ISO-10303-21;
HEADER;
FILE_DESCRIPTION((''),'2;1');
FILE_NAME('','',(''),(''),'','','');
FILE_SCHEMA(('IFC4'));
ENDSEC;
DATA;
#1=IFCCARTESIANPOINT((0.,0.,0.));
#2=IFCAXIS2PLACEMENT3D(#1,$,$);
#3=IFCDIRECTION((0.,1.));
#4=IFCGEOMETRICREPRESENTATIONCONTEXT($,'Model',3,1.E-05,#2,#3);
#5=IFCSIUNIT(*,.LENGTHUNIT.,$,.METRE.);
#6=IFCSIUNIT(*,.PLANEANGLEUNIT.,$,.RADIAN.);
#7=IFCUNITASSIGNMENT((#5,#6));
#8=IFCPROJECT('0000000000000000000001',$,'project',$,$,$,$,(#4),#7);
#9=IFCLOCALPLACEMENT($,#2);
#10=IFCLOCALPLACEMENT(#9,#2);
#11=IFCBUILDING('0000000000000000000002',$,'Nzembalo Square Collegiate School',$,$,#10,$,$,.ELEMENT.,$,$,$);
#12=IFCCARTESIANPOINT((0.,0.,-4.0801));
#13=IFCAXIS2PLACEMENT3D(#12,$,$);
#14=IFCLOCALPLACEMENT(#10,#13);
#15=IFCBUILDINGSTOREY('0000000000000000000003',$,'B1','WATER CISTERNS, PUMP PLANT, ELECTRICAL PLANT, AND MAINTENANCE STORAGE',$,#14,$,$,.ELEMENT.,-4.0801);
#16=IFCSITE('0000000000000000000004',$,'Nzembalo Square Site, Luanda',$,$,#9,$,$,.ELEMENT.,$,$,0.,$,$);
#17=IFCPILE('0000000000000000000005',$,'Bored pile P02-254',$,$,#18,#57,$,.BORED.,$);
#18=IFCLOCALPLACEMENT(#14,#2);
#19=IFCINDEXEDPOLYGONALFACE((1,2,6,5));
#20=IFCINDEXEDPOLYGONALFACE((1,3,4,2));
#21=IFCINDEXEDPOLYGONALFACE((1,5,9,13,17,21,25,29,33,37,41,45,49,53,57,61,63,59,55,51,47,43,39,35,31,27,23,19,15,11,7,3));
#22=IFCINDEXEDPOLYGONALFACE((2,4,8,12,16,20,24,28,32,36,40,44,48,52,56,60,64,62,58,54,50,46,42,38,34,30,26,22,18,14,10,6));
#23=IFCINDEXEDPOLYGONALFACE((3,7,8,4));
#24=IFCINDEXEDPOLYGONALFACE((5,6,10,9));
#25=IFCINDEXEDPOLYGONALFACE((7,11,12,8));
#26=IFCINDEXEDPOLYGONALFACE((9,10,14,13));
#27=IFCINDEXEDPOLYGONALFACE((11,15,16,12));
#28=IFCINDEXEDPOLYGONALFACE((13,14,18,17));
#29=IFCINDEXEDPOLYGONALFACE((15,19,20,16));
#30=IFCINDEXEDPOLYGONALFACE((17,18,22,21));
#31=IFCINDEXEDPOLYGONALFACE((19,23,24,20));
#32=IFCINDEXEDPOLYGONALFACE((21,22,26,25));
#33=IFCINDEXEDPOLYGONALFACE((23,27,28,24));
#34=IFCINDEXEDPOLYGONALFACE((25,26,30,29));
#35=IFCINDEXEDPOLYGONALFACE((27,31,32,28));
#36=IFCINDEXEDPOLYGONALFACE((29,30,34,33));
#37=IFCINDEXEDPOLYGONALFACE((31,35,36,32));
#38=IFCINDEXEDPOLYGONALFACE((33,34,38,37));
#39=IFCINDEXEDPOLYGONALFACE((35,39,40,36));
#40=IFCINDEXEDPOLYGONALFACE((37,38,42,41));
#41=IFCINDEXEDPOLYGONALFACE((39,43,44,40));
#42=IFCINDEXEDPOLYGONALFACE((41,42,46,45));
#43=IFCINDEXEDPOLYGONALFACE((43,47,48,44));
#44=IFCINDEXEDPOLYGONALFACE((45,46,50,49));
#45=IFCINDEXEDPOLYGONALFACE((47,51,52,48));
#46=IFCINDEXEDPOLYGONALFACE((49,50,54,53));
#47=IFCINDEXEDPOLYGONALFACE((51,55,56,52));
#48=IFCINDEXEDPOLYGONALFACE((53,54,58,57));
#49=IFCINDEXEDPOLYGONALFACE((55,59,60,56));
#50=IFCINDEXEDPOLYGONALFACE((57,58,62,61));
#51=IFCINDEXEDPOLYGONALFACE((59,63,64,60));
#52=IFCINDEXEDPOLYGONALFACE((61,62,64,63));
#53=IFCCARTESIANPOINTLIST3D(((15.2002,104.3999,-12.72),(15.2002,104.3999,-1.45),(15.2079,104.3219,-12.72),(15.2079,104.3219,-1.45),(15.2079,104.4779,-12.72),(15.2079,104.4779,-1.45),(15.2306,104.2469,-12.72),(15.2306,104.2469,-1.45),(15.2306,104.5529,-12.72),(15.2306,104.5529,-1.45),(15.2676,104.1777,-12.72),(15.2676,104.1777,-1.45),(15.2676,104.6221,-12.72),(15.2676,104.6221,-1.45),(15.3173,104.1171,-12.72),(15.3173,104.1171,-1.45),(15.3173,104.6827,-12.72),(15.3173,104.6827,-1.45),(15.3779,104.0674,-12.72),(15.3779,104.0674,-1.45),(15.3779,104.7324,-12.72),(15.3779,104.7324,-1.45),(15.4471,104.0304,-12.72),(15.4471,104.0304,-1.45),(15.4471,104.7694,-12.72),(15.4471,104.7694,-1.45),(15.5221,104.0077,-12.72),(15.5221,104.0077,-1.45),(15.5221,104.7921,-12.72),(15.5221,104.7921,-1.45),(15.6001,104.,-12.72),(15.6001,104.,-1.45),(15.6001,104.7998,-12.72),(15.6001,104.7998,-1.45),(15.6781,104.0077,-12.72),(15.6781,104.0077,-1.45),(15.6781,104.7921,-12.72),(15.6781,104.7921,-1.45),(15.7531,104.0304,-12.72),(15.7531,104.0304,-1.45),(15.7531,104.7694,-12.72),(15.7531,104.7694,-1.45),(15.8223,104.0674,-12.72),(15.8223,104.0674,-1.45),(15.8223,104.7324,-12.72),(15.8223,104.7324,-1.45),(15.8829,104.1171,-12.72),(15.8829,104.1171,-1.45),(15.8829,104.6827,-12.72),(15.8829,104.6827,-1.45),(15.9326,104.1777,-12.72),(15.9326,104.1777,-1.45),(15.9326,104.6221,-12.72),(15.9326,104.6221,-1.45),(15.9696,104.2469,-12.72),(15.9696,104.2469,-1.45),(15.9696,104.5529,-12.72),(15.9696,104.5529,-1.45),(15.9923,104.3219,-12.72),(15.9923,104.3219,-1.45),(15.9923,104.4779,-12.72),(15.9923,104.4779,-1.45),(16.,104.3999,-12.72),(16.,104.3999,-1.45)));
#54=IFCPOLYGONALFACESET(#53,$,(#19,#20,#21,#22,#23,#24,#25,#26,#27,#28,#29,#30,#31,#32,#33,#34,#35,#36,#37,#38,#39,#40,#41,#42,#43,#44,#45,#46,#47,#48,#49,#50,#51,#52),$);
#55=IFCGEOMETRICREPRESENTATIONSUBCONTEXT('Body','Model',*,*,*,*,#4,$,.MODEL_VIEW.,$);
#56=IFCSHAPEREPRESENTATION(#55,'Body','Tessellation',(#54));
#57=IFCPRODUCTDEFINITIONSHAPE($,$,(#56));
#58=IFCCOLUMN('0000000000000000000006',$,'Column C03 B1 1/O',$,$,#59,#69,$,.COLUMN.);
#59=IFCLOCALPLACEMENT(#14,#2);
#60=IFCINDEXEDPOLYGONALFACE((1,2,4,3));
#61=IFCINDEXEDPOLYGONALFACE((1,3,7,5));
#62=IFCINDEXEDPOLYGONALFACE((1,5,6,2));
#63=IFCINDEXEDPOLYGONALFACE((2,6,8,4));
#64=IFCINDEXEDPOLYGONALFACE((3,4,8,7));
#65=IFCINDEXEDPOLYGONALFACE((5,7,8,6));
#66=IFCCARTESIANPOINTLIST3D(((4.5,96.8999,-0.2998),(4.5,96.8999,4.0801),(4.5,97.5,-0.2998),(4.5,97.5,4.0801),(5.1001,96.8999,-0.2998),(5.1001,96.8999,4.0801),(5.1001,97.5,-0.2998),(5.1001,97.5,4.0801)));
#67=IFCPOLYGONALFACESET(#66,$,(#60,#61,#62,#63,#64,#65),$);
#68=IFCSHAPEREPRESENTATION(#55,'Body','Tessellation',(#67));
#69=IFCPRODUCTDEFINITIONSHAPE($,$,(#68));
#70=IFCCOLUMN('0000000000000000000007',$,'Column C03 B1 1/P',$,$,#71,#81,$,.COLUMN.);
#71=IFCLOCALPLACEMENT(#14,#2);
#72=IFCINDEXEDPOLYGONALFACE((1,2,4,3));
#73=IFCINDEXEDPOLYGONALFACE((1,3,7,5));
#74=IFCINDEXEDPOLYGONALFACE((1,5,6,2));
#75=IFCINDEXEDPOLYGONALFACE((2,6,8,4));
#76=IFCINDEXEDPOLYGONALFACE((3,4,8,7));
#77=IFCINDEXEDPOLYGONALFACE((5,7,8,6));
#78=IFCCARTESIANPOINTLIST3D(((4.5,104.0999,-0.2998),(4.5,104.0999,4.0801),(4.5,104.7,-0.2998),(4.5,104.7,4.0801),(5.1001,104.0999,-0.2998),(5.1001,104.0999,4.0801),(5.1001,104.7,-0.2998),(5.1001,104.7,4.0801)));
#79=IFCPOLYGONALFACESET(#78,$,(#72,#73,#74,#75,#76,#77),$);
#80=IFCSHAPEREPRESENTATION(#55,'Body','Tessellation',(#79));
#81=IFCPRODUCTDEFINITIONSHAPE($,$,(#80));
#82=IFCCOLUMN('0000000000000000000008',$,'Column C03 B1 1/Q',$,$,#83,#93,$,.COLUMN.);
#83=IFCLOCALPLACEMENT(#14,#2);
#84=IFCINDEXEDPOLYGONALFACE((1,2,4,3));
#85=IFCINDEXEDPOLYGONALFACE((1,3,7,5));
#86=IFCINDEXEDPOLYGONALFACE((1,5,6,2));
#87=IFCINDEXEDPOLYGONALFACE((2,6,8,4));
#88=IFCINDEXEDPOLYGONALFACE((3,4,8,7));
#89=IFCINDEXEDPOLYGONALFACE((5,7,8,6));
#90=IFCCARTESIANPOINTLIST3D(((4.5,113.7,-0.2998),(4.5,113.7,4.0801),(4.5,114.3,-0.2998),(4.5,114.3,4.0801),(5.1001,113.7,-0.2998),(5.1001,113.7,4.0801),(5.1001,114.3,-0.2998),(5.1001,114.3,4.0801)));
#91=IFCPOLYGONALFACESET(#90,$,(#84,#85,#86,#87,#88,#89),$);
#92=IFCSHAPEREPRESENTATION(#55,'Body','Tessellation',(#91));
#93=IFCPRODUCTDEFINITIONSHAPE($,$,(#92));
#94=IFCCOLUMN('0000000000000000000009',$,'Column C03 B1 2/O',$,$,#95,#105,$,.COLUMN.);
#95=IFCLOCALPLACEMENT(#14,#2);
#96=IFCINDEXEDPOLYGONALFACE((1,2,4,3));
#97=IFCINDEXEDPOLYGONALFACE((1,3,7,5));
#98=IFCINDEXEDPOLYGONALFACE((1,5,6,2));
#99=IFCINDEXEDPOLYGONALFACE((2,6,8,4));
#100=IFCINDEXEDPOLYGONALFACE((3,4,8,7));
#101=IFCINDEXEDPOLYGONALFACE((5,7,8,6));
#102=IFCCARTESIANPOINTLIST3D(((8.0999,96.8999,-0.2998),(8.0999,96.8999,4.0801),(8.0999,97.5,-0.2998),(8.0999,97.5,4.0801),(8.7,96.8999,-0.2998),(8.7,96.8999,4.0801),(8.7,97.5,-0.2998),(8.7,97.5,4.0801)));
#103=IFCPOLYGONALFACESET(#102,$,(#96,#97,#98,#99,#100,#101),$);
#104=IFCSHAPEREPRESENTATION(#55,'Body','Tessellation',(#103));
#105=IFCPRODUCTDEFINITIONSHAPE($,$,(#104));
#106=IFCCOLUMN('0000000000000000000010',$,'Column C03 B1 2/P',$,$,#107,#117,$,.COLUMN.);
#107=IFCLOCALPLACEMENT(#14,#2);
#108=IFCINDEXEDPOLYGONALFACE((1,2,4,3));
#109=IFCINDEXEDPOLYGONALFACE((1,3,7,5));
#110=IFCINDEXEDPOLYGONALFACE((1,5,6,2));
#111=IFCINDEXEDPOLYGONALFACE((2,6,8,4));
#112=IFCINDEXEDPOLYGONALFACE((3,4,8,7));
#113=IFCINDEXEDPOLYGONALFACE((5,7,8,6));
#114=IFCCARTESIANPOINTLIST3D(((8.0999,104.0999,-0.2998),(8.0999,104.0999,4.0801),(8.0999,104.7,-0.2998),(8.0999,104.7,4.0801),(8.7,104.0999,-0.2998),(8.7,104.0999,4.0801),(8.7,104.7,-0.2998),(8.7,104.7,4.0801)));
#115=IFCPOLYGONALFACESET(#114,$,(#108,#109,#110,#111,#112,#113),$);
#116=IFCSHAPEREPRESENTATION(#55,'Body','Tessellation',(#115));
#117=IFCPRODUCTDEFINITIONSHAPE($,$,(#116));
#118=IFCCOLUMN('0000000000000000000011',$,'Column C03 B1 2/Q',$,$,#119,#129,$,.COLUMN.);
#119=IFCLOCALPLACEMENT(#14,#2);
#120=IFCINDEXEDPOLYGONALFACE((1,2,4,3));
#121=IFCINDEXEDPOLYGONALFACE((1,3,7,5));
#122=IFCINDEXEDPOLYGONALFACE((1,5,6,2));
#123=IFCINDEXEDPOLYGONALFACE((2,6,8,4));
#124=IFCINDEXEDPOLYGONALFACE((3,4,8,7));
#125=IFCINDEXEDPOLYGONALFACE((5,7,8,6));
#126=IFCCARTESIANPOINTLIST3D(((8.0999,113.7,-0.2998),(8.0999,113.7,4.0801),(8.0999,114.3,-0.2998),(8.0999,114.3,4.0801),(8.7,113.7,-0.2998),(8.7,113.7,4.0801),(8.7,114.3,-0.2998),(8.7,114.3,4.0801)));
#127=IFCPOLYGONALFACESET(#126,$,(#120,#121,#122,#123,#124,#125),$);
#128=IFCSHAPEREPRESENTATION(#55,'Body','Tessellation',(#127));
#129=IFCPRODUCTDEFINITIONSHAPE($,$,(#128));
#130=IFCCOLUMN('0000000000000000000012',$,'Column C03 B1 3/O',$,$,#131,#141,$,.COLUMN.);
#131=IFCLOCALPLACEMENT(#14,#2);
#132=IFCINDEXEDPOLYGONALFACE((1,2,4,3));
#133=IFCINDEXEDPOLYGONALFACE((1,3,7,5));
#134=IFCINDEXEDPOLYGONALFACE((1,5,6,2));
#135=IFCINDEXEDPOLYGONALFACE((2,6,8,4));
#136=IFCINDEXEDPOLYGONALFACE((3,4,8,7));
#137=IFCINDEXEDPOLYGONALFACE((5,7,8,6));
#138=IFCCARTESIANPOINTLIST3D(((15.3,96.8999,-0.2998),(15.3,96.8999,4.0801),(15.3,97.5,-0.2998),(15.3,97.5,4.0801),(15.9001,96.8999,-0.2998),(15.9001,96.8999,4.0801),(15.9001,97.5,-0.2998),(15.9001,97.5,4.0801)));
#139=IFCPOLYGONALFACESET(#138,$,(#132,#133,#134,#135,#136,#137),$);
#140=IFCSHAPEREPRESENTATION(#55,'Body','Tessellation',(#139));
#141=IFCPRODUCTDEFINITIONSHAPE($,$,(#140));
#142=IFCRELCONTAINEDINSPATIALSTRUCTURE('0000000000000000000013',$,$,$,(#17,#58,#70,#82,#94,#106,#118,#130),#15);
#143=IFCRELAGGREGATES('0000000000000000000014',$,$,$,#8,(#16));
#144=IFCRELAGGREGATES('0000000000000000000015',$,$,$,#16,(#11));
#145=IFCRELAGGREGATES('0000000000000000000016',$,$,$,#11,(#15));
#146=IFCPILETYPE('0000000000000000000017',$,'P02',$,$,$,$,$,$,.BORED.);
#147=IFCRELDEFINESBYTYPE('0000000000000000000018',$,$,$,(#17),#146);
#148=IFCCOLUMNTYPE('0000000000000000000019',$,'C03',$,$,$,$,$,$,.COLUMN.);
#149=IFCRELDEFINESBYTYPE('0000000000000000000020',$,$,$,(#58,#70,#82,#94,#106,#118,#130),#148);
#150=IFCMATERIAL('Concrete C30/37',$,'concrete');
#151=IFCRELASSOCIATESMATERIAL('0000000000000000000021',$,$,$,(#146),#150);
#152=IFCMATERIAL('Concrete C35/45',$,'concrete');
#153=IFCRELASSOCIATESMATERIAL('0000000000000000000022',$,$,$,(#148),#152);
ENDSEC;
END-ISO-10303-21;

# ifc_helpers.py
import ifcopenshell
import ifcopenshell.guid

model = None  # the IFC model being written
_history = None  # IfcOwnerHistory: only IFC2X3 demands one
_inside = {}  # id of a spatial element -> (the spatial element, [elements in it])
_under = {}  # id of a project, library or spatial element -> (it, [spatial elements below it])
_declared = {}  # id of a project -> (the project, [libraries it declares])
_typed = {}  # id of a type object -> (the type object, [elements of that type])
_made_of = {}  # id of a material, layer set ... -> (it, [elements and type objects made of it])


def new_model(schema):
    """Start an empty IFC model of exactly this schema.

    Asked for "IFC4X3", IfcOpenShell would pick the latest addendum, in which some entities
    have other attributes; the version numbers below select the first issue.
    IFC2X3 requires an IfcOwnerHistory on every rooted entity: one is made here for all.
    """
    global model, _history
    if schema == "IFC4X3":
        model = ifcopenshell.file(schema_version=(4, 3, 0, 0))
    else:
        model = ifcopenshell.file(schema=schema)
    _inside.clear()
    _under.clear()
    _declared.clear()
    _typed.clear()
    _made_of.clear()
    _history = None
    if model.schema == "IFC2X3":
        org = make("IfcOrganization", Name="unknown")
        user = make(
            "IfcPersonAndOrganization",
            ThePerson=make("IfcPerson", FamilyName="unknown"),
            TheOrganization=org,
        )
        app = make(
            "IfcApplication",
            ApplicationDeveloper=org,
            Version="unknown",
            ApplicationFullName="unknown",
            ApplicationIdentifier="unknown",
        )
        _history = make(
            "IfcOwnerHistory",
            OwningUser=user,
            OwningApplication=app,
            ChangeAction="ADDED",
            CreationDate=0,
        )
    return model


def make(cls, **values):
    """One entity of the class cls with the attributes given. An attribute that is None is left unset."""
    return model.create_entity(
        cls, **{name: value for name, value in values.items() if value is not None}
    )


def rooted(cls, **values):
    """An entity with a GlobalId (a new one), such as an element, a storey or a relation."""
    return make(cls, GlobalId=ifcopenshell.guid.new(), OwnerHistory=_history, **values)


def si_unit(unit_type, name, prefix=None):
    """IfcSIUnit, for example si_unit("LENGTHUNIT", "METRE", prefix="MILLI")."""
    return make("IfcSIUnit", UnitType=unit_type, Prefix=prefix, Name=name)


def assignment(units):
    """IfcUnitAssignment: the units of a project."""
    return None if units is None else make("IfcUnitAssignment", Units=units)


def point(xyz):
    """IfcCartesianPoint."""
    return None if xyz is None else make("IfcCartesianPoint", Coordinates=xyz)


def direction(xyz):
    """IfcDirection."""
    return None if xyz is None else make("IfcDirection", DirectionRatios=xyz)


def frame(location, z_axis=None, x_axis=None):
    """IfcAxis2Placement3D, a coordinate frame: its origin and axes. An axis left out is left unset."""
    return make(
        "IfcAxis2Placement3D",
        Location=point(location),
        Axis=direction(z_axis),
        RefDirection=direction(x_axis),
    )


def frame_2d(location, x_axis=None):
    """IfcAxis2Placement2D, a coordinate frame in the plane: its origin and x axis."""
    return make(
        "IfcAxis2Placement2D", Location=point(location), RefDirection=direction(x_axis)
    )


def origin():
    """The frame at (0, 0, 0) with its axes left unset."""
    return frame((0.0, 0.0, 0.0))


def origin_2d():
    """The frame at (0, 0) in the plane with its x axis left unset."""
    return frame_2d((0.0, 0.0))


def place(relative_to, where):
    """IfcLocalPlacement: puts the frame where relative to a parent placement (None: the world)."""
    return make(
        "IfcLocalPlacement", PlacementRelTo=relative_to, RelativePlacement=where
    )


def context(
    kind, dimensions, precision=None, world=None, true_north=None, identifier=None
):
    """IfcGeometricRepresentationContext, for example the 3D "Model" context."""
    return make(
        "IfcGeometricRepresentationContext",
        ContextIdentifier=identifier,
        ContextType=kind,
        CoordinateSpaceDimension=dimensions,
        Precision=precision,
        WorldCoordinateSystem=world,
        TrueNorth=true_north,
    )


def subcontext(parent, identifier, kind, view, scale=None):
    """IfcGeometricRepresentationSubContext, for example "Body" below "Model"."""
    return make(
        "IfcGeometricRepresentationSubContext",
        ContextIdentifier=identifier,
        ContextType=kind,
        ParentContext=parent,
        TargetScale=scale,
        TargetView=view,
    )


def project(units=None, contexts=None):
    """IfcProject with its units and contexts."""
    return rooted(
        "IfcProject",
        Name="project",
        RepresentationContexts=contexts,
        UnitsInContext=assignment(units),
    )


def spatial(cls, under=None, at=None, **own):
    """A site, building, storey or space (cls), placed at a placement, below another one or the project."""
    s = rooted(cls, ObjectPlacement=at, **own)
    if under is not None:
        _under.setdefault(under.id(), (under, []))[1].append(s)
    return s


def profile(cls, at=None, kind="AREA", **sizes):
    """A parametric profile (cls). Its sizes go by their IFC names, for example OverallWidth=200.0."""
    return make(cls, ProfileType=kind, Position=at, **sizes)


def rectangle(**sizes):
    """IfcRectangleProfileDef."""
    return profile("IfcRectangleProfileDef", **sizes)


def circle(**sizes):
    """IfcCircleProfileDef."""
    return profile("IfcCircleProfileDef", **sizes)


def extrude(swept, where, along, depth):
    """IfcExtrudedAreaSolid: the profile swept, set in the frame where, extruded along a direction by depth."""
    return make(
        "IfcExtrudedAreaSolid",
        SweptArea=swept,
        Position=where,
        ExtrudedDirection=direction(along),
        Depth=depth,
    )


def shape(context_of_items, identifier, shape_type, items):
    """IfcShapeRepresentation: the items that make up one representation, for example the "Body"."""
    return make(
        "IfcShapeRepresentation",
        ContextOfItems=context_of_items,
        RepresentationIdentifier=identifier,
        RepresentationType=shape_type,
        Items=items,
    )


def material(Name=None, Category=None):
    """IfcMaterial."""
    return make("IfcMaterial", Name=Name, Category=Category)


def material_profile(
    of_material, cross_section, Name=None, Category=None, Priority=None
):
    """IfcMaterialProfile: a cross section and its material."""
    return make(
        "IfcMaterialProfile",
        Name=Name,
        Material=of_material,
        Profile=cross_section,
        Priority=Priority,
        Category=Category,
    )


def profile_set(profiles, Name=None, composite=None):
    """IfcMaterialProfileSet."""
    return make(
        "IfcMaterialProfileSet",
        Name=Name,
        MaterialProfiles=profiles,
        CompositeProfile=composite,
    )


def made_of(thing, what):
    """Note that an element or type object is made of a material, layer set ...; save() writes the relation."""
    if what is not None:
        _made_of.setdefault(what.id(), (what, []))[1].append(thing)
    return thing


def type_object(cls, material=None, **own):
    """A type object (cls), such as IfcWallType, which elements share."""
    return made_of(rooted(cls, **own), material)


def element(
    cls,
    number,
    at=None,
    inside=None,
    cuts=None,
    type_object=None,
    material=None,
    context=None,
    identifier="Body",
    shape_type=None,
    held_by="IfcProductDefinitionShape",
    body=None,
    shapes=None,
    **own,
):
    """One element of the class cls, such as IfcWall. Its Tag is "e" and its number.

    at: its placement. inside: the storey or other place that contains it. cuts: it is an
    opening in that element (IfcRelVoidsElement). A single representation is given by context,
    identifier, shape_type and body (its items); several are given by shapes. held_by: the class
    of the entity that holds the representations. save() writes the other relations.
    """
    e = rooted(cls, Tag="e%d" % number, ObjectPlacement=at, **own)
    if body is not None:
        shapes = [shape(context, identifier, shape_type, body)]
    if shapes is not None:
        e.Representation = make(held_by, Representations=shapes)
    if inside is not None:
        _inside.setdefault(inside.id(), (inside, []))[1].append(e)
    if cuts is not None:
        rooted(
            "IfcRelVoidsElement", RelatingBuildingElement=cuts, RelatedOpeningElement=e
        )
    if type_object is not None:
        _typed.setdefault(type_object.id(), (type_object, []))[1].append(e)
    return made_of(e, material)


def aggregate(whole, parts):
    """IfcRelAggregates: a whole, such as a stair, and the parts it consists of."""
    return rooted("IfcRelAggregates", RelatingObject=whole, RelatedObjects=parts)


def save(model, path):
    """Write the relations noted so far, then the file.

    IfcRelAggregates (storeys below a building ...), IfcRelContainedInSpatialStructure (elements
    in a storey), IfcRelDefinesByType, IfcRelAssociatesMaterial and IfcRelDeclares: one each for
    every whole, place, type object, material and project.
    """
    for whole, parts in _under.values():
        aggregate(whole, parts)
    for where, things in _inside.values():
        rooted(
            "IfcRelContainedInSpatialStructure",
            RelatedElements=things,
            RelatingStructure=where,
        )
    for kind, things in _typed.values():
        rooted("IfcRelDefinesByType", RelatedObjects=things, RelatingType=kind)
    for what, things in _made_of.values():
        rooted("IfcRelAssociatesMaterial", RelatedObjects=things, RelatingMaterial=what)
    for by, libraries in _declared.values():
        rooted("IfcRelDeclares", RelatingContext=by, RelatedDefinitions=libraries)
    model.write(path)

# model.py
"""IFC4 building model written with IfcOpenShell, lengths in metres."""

from ifc_helpers import new_model, si_unit, direction, frame, origin, origin_2d, place, context, subcontext, project, spatial, rectangle, circle, extrude, material, material_profile, profile_set, type_object, element, save


model = new_model("IFC4")

# Units and contexts
model_context = context("Model", 3, precision=1e-05, world=origin(), true_north=direction((0.0, 1.0)))
body_context = subcontext(model_context, "Body", "Model", "MODEL_VIEW")
ifc_project = project(units=[si_unit("LENGTHUNIT", "METRE"), si_unit("PLANEANGLEUNIT", "RADIAN")], contexts=[model_context])

# Site, building, storey
site_placement = place(None, origin())
site = spatial("IfcSite", under=ifc_project, at=site_placement, Name="Nzembalo Square Site, Luanda", CompositionType="ELEMENT", RefElevation=0.0)
building_placement = place(site_placement, origin())
building = spatial("IfcBuilding", under=site, at=building_placement, Name="Nzembalo Square Collegiate School", CompositionType="ELEMENT")
storey_placement = place(building_placement, frame((0.0, 0.0, -4.0801)))
storey = spatial("IfcBuildingStorey", under=building, at=storey_placement, Name="B1", Description="WATER CISTERNS, PUMP PLANT, ELECTRICAL PLANT, AND MAINTENANCE STORAGE", CompositionType="ELEMENT", Elevation=-4.0801)

# Pile
ifc_material_1 = material(Name="Concrete C30/37", Category="concrete")
ifc_material_profile_1 = material_profile(ifc_material_1, circle(Radius=0.3999, at=origin_2d()), Name="PILE D800")
ifc_profile_set_1 = profile_set([ifc_material_profile_1], Name="Concrete C30/37")
pile_type = type_object("IfcPileType", Name="P02", PredefinedType="BORED", material=ifc_profile_set_1)
for number, where, z_axis, x_axis, name in (
    (1, (15.6001, 104.3999, -1.45), (0.0, 0.0, -1.0), (1.0, 0.0, 0.0), "Bored pile P02-254"),
):
    element("IfcPile", number, at=place(storey_placement, frame(where, z_axis=z_axis, x_axis=x_axis)), inside=storey, type_object=pile_type, Name=name, PredefinedType="BORED", context=body_context, shape_type="SweptSolid", body=[
        extrude(circle(Radius=0.3999, at=origin_2d()), origin(), (0.0, 0.0, 1.0), 11.27),
    ])

# Columns
ifc_material_2 = material(Name="Concrete C35/45", Category="concrete")
ifc_material_profile_2 = material_profile(ifc_material_2, rectangle(XDim=0.6001, YDim=0.6001, at=origin_2d()), Name="RC 600x600")
ifc_profile_set_2 = profile_set([ifc_material_profile_2], Name="Concrete C35/45")
column_type = type_object("IfcColumnType", Name="C03", PredefinedType="COLUMN", material=ifc_profile_set_2)
for number, where, z_axis, x_axis, name in (
    (2, (4.8, 97.2, -0.2998), (0.0, 0.0, 1.0), (1.0, 0.0, 0.0), "Column C03 B1 1/O"),
    (3, (4.8, 104.3999, -0.2998), (0.0, 0.0, 1.0), (1.0, 0.0, 0.0), "Column C03 B1 1/P"),
    (4, (4.8, 114.0, -0.2998), (0.0, 0.0, 1.0), (1.0, 0.0, 0.0), "Column C03 B1 1/Q"),
    (5, (8.3999, 97.2, -0.2998), (0.0, 0.0, 1.0), (1.0, 0.0, 0.0), "Column C03 B1 2/O"),
    (6, (8.3999, 104.3999, -0.2998), (0.0, 0.0, 1.0), (1.0, 0.0, 0.0), "Column C03 B1 2/P"),
    (7, (8.3999, 114.0, -0.2998), (0.0, 0.0, 1.0), (1.0, 0.0, 0.0), "Column C03 B1 2/Q"),
    (8, (15.6001, 97.2, -0.2998), (0.0, 0.0, 1.0), (1.0, 0.0, 0.0), "Column C03 B1 3/O"),
):
    element("IfcColumn", number, at=place(storey_placement, frame(where, z_axis=z_axis, x_axis=x_axis)), inside=storey, type_object=column_type, Name=name, PredefinedType="COLUMN", context=body_context, shape_type="SweptSolid", body=[
        extrude(rectangle(XDim=0.6001, YDim=0.6001, at=origin_2d()), origin(), (0.0, 0.0, 1.0), 4.3799),
    ])

save(model, "model.ifc")
